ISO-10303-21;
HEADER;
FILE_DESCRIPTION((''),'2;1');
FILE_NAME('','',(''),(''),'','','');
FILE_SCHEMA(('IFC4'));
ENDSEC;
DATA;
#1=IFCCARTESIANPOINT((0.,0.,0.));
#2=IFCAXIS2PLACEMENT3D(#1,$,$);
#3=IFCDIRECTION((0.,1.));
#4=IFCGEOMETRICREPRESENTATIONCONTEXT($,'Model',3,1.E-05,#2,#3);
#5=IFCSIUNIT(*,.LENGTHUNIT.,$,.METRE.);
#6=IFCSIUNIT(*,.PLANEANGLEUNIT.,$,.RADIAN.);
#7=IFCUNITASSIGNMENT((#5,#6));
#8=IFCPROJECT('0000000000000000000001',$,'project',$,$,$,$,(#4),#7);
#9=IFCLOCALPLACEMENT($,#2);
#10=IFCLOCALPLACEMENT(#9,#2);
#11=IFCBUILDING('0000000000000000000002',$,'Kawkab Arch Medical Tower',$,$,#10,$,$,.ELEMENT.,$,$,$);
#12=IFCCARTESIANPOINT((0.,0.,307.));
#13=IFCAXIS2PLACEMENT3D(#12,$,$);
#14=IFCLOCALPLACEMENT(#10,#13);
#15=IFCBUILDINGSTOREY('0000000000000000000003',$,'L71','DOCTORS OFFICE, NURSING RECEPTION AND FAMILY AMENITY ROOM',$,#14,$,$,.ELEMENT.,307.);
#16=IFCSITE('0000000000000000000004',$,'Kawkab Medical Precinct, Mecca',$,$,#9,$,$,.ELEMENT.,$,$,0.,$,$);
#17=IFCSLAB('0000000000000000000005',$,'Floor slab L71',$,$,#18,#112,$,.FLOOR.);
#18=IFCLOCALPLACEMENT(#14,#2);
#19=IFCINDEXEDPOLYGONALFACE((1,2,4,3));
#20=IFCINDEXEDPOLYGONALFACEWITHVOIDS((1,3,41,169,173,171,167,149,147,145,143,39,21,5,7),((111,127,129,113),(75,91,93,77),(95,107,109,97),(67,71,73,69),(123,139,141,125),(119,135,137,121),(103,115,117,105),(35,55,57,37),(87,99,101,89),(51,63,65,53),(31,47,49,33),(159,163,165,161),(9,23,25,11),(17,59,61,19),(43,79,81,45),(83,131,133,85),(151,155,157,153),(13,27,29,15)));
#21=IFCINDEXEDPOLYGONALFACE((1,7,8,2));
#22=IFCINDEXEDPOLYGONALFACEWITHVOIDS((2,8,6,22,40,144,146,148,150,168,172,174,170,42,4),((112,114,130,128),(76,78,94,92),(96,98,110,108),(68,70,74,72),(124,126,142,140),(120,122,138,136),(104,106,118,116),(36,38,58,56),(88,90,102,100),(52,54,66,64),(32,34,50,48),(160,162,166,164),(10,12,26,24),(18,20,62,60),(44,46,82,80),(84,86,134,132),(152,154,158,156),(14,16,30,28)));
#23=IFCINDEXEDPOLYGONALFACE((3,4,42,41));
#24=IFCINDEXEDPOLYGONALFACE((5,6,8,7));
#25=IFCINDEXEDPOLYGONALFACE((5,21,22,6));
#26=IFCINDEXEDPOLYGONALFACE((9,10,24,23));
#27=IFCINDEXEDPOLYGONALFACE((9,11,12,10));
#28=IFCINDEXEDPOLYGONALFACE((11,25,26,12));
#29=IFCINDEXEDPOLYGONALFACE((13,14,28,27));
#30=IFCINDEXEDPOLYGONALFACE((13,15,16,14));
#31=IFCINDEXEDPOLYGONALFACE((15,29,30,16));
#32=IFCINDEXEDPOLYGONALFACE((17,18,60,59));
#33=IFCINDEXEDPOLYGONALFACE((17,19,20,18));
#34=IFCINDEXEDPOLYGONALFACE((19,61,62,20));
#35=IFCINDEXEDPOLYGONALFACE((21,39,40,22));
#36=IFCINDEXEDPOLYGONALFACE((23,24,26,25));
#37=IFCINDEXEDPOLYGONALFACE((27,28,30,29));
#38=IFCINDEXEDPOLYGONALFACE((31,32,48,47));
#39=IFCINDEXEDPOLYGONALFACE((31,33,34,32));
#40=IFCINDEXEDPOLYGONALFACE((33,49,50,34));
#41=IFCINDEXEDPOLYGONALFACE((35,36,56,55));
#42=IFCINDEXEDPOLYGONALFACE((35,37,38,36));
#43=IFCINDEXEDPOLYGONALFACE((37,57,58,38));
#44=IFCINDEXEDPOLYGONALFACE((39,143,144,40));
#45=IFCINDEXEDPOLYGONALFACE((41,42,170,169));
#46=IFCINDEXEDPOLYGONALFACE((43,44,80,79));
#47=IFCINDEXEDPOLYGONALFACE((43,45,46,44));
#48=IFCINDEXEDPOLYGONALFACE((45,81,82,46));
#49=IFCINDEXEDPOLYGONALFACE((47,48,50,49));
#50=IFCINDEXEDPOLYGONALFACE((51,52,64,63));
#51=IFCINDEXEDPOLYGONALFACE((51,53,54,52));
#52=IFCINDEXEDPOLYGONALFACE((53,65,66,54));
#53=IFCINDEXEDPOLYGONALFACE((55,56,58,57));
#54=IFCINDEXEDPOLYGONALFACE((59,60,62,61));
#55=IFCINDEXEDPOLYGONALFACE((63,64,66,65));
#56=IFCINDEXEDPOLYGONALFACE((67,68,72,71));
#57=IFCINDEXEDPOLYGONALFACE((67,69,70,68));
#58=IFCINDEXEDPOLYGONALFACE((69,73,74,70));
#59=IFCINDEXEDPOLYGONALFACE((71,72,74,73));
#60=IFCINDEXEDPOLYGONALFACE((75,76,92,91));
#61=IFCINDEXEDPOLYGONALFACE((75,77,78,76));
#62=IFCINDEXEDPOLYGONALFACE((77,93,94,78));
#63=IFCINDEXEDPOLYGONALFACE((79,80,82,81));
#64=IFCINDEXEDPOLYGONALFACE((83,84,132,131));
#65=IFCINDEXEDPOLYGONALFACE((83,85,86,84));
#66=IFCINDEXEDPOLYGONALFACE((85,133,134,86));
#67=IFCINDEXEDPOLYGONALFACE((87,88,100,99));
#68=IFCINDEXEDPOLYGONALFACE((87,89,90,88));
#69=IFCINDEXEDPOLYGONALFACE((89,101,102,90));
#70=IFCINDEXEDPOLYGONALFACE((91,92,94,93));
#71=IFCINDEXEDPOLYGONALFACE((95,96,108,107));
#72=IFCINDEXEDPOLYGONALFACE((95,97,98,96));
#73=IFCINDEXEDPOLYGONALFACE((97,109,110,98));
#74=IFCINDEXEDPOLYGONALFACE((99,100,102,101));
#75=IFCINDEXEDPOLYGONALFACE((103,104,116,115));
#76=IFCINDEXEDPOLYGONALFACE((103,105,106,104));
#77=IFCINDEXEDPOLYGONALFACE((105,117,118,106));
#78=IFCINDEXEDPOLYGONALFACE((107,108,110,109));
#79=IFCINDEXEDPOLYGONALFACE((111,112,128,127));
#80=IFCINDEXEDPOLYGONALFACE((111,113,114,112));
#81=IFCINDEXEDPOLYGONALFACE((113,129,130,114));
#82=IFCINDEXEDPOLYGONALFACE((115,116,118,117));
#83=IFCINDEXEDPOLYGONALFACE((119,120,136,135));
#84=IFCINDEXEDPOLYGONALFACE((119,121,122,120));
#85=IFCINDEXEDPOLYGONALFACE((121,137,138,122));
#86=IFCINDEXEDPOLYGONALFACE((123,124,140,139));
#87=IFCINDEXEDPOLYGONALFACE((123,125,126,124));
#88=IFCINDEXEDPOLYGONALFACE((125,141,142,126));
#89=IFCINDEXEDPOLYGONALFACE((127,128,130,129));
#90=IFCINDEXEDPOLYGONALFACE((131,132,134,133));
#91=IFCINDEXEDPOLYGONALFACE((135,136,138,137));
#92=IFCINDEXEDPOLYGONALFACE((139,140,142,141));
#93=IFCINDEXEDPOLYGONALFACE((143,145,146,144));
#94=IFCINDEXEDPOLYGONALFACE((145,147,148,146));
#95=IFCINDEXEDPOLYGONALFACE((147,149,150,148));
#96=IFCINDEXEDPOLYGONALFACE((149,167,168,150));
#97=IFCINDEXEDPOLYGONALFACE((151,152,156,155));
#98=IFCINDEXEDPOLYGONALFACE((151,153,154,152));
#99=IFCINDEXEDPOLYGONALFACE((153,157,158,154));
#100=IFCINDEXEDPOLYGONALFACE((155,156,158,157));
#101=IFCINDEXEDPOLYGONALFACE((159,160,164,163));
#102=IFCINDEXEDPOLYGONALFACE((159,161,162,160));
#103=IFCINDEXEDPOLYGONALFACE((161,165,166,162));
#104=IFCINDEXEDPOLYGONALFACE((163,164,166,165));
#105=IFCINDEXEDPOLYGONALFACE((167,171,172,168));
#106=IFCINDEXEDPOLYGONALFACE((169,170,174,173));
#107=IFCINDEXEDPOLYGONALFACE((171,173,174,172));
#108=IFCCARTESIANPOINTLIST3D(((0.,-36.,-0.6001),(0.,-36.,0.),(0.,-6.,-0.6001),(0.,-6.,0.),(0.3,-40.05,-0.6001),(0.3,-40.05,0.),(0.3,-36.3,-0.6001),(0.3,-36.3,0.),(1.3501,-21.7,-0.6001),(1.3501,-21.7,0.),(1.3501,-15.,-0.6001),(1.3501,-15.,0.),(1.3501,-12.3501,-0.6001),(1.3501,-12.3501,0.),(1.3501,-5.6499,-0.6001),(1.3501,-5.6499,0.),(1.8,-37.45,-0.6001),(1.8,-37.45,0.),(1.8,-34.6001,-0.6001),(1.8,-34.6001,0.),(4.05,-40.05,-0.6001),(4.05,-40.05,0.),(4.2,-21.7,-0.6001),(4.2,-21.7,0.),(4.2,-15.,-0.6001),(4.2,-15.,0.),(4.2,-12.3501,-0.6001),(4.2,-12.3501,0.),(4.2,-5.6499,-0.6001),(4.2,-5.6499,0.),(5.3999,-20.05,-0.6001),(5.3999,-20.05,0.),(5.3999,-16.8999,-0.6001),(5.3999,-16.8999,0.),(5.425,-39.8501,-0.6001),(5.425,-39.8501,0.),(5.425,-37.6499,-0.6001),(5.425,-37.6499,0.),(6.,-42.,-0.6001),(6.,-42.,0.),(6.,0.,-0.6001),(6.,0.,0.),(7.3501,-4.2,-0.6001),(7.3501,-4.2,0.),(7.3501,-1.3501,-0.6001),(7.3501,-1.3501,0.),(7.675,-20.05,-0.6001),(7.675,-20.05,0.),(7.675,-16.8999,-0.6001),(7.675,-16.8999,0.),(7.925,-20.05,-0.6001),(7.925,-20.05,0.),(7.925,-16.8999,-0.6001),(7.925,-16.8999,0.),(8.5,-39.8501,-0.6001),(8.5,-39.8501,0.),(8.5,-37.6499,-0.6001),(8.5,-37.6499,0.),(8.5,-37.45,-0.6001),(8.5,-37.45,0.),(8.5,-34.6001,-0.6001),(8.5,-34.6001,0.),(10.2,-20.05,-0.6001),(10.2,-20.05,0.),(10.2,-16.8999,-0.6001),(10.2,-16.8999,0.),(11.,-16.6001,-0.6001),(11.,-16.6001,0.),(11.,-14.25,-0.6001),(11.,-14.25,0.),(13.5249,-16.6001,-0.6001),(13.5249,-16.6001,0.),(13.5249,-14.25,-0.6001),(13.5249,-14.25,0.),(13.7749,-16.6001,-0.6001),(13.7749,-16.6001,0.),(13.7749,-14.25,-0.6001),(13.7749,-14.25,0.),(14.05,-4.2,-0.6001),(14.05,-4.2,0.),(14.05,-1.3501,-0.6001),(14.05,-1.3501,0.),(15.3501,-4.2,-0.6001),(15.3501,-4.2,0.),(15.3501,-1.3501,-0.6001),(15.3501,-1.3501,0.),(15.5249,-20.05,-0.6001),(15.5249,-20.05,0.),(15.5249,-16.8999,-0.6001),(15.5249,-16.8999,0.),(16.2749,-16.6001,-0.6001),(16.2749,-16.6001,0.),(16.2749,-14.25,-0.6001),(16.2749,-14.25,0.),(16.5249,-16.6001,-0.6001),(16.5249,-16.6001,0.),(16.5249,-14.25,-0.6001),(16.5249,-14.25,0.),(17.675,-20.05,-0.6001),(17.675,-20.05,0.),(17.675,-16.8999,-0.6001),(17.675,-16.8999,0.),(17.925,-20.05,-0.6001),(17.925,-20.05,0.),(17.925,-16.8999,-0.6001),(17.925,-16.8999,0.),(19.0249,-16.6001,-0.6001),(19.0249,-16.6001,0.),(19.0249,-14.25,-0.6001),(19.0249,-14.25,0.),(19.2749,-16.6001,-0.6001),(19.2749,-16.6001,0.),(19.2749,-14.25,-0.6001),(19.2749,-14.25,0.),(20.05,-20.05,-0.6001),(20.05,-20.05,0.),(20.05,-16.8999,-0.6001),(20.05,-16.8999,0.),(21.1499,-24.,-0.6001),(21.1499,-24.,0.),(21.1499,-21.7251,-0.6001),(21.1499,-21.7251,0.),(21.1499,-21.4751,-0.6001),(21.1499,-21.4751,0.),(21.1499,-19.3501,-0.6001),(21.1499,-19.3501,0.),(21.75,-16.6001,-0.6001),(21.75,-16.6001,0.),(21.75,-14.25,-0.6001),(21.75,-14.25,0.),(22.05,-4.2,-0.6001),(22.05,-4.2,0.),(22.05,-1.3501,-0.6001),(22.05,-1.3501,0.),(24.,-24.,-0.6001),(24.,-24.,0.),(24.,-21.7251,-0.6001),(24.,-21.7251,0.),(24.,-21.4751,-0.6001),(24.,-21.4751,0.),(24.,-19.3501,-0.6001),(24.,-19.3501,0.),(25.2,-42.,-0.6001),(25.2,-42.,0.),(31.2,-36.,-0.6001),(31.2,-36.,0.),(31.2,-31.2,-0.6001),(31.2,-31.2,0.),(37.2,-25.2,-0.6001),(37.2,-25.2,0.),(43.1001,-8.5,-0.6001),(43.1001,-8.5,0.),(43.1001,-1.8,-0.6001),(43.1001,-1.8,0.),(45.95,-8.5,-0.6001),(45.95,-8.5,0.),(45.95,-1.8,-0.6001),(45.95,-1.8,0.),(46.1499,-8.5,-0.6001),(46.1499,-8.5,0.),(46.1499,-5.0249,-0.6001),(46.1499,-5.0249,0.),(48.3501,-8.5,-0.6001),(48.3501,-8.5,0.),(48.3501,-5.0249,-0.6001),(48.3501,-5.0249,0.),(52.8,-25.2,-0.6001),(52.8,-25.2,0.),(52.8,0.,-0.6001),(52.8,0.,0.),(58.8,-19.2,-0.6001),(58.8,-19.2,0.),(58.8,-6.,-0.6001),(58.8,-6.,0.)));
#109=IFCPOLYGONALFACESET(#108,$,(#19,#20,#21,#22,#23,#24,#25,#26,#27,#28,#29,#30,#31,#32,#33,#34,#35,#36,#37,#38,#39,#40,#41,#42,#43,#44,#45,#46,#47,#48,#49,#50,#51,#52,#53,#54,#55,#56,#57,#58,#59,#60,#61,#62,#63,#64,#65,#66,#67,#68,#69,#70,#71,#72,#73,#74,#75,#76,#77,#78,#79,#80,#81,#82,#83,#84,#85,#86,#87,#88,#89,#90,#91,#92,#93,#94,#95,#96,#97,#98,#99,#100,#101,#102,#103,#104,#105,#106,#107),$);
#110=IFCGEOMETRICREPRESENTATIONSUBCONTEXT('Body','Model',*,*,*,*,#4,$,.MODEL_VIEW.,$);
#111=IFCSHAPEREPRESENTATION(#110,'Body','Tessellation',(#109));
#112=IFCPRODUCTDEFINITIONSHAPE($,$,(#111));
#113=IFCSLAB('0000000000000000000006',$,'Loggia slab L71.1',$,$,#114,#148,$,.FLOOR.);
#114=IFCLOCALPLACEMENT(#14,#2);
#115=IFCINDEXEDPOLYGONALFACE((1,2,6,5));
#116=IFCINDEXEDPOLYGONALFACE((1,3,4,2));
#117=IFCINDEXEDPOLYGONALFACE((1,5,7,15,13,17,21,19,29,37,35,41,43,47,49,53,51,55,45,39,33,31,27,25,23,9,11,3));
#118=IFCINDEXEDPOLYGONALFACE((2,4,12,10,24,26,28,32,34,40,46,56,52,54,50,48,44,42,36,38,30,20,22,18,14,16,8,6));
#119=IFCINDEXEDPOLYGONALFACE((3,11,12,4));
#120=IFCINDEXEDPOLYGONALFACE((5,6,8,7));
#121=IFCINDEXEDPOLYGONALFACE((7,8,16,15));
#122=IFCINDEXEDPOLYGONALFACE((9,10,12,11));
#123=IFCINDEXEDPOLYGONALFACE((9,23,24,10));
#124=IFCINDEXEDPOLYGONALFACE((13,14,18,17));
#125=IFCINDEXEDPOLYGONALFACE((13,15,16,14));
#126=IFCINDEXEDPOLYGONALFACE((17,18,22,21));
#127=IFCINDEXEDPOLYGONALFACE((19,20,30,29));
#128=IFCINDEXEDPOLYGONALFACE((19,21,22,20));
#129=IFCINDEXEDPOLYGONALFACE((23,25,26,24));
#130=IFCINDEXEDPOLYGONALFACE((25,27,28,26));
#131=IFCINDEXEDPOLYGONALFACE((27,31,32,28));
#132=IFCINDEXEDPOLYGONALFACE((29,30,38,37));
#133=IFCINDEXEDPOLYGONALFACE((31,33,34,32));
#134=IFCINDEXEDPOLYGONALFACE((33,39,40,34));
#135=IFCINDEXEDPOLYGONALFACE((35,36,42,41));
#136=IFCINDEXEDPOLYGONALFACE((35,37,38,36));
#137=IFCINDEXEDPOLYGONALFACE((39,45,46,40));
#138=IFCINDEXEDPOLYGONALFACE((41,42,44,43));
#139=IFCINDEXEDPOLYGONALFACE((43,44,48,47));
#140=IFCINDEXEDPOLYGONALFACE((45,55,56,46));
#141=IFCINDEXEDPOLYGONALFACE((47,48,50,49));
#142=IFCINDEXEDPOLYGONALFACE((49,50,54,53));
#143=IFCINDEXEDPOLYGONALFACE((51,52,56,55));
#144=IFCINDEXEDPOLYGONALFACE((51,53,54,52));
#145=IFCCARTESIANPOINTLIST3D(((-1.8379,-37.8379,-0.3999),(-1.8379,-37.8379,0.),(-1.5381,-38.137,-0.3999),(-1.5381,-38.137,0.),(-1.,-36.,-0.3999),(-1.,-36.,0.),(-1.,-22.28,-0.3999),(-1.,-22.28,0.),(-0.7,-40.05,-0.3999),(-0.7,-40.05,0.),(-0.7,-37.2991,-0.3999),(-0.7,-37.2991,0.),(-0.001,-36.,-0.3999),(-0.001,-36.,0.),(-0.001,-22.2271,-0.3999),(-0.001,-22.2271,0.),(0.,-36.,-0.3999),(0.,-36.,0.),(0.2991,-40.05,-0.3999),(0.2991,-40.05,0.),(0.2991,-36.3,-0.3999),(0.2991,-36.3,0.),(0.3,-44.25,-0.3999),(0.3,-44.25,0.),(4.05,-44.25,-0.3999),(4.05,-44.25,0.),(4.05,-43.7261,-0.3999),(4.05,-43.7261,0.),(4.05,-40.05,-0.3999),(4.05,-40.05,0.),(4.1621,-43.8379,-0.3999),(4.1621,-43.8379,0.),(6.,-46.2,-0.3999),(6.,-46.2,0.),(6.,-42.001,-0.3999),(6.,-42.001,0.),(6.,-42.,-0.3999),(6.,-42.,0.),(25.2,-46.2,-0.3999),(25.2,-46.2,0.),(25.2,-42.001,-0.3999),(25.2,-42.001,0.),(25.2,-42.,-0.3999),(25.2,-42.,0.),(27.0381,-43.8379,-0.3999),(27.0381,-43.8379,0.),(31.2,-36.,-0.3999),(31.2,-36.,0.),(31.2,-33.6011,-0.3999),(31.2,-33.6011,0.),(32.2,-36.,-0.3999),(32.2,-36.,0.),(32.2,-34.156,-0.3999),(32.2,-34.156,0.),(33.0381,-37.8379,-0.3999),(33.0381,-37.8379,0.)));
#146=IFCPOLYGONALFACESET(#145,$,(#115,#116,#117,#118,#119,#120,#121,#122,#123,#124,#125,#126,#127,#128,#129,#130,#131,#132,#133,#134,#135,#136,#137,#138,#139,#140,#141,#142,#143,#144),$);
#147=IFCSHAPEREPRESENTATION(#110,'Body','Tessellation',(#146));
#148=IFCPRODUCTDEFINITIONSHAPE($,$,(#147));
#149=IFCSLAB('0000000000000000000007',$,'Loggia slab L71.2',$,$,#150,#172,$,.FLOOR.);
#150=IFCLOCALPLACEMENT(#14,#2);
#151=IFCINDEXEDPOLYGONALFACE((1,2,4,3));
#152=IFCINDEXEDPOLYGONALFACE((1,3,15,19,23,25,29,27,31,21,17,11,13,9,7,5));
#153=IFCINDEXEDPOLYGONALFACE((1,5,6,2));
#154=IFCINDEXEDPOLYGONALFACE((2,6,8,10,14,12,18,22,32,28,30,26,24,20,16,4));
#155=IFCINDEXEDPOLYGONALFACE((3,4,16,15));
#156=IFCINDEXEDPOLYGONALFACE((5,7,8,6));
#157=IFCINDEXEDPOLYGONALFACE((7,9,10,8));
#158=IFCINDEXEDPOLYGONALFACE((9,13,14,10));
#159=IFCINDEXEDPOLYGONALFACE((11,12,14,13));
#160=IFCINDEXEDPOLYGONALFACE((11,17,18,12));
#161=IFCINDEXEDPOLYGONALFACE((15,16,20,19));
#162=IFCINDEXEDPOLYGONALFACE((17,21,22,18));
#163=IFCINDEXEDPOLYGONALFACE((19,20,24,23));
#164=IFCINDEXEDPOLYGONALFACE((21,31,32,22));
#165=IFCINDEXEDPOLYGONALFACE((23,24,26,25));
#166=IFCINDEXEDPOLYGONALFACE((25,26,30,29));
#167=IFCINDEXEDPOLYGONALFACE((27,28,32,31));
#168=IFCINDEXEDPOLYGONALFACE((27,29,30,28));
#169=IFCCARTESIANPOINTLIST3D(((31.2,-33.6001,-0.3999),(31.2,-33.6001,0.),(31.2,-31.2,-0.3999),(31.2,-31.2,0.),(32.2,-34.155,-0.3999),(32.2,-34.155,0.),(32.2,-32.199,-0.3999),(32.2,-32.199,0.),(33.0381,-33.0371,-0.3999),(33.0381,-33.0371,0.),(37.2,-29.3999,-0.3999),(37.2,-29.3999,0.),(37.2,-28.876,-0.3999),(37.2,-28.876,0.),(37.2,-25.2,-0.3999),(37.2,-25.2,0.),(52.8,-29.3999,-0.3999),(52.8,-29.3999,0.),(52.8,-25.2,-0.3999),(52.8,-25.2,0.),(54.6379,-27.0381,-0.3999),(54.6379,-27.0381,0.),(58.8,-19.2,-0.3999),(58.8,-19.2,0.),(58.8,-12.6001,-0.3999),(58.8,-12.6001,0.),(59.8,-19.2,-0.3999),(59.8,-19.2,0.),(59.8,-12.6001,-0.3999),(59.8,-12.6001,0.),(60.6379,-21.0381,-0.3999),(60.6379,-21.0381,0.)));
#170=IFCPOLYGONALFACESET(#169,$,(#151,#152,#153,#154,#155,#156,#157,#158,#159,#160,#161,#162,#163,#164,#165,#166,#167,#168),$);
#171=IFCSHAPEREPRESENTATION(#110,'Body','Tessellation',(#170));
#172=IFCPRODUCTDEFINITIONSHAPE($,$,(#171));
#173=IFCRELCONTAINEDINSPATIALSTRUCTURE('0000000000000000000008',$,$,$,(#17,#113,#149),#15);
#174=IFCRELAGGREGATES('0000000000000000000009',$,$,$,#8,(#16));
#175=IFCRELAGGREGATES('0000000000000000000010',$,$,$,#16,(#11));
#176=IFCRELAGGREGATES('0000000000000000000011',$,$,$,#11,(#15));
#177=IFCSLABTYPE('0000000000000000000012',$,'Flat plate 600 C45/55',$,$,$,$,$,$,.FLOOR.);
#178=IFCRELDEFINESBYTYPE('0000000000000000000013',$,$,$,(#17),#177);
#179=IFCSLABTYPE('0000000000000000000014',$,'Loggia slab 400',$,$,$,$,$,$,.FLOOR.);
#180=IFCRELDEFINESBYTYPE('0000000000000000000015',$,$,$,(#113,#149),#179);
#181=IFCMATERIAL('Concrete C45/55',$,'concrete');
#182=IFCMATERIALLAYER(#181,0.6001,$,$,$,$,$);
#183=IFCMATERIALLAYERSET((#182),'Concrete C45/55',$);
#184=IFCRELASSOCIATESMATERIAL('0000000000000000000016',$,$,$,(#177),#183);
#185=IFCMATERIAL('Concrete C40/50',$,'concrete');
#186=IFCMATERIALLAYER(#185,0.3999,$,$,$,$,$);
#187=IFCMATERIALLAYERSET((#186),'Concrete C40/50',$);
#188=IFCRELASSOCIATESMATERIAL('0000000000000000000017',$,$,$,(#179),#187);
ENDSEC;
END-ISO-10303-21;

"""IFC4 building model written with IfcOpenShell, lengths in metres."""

from ifc_helpers import new_model, si_unit, direction, frame, origin, place, context, subcontext, project, spatial, polyline, outline, extrude, material, layer, layer_set, type_object, element, save


model = new_model("IFC4")

# Units and contexts
model_context = context("Model", 3, precision=1e-05, world=origin(), true_north=direction((0.0, 1.0)))
body_context = subcontext(model_context, "Body", "Model", "MODEL_VIEW")
ifc_project = project(units=[si_unit("LENGTHUNIT", "METRE"), si_unit("PLANEANGLEUNIT", "RADIAN")], contexts=[model_context])

# Site, building, storey
site_placement = place(None, origin())
site = spatial("IfcSite", under=ifc_project, at=site_placement, Name="Kawkab Medical Precinct, Mecca", CompositionType="ELEMENT", RefElevation=0.0)
building_placement = place(site_placement, origin())
building = spatial("IfcBuilding", under=site, at=building_placement, Name="Kawkab Arch Medical Tower", CompositionType="ELEMENT")
storey_placement = place(building_placement, frame((0.0, 0.0, 307.0)))
storey = spatial("IfcBuildingStorey", under=building, at=storey_placement, Name="L71", Description="DOCTORS OFFICE, NURSING RECEPTION AND FAMILY AMENITY ROOM", CompositionType="ELEMENT", Elevation=307.0)

# Slabs
ifc_material_1 = material(Name="Concrete C45/55", Category="concrete")
ifc_layer_1 = layer(ifc_material_1, 0.6001)
ifc_layer_set_1 = layer_set([ifc_layer_1], Name="Concrete C45/55")
slab_type_1 = type_object("IfcSlabType", Name="Flat plate 600 C45/55", PredefinedType="FLOOR", material=ifc_layer_set_1)
slab_1_placement = place(storey_placement, frame((0.0, 0.0, -0.6001)))
element("IfcSlab", 1, at=slab_1_placement, inside=storey, type_object=slab_type_1, Name="Floor slab L71", PredefinedType="FLOOR", context=body_context, shape_type="SweptSolid", body=[
    extrude(outline(polyline([(52.8, 0.0), (58.8, -6.0), (58.8, -19.2), (52.8, -25.2), (37.2, -25.2), (31.2, -31.2), (31.2, -36.0), (25.2, -42.0), (6.0, -42.0), (4.05, -40.05), (0.3, -40.05), (0.3, -36.3), (0.0, -36.0), (0.0, -6.0), (6.0, 0.0), (52.8, 0.0)]), holes=[polyline([(5.425, -37.6499), (5.425, -39.8501), (8.5, -39.8501), (8.5, -37.6499), (5.425, -37.6499)]), polyline([(8.5, -37.45), (8.5, -34.6001), (1.8, -34.6001), (1.8, -37.45), (8.5, -37.45)]), polyline([(5.3999, -20.05), (7.675, -20.05), (7.675, -16.8999), (5.3999, -16.8999), (5.3999, -20.05)]), polyline([(10.2, -16.8999), (7.925, -16.8999), (7.925, -20.05), (10.2, -20.05), (10.2, -16.8999)]), polyline([(4.2, -15.0), (1.3501, -15.0), (1.3501, -21.7), (4.2, -21.7), (4.2, -15.0)]), polyline([(13.5249, -16.6001), (13.5249, -14.25), (11.0, -14.25), (11.0, -16.6001), (13.5249, -16.6001)]), polyline([(13.7749, -14.25), (13.7749, -16.6001), (16.2749, -16.6001), (16.2749, -14.25), (13.7749, -14.25)]), polyline([(4.2, -12.3501), (4.2, -5.6499), (1.3501, -5.6499), (1.3501, -12.3501), (4.2, -12.3501)]), polyline([(7.3501, -4.2), (14.05, -4.2), (14.05, -1.3501), (7.3501, -1.3501), (7.3501, -4.2)]), polyline([(24.0, -21.7251), (21.1499, -21.7251), (21.1499, -24.0), (24.0, -24.0), (24.0, -21.7251)]), polyline([(24.0, -19.3501), (21.1499, -19.3501), (21.1499, -21.4751), (24.0, -21.4751), (24.0, -19.3501)]), polyline([(15.5249, -16.8999), (15.5249, -20.05), (17.675, -20.05), (17.675, -16.8999), (15.5249, -16.8999)]), polyline([(17.925, -16.8999), (17.925, -20.05), (20.05, -20.05), (20.05, -16.8999), (17.925, -16.8999)]), polyline([(19.0249, -14.25), (16.5249, -14.25), (16.5249, -16.6001), (19.0249, -16.6001), (19.0249, -14.25)]), polyline([(21.75, -14.25), (19.2749, -14.25), (19.2749, -16.6001), (21.75, -16.6001), (21.75, -14.25)]), polyline([(46.1499, -8.5), (48.3501, -8.5), (48.3501, -5.0249), (46.1499, -5.0249), (46.1499, -8.5)]), polyline([(43.1001, -1.8), (43.1001, -8.5), (45.95, -8.5), (45.95, -1.8), (43.1001, -1.8)]), polyline([(22.05, -1.3501), (15.3501, -1.3501), (15.3501, -4.2), (22.05, -4.2), (22.05, -1.3501)])]), origin(), (0.0, 0.0, 1.0), 0.6001),
])
ifc_material_2 = material(Name="Concrete C40/50", Category="concrete")
ifc_layer_2 = layer(ifc_material_2, 0.3999)
ifc_layer_set_2 = layer_set([ifc_layer_2], Name="Concrete C40/50")
slab_type_2 = type_object("IfcSlabType", Name="Loggia slab 400", PredefinedType="FLOOR", material=ifc_layer_set_2)
placement_1 = place(storey_placement, frame((0.0, 0.0, -0.3999)))
element("IfcSlab", 2, at=placement_1, inside=storey, type_object=slab_type_2, Name="Loggia slab L71.1", PredefinedType="FLOOR", context=body_context, shape_type="SweptSolid", body=[
    extrude(outline(polyline([(-1.0, -36.0), (-1.0, -22.28), (-0.001, -22.2271), (-0.001, -36.0), (0.0, -36.0), (0.2991, -36.3), (0.2991, -40.05), (4.05, -40.05), (6.0, -42.0), (6.0, -42.001), (25.2, -42.001), (25.2, -42.0), (31.2, -36.0), (31.2, -33.6011), (32.2, -34.156), (32.2, -36.0), (33.0381, -37.8379), (27.0381, -43.8379), (25.2, -46.2), (6.0, -46.2), (4.1621, -43.8379), (4.05, -43.7261), (4.05, -44.25), (0.3, -44.25), (-0.7, -40.05), (-0.7, -37.2991), (-1.5381, -38.137), (-1.8379, -37.8379), (-1.0, -36.0)])), origin(), (0.0, 0.0, 1.0), 0.3999),
])
element("IfcSlab", 3, at=placement_1, inside=storey, type_object=slab_type_2, Name="Loggia slab L71.2", PredefinedType="FLOOR", context=body_context, shape_type="SweptSolid", body=[
    extrude(outline(polyline([(31.2, -31.2), (37.2, -25.2), (52.8, -25.2), (58.8, -19.2), (58.8, -12.6001), (59.8, -12.6001), (59.8, -19.2), (60.6379, -21.0381), (54.6379, -27.0381), (52.8, -29.3999), (37.2, -29.3999), (37.2, -28.876), (33.0381, -33.0371), (32.2, -32.199), (32.2, -34.155), (31.2, -33.6001), (31.2, -31.2)])), origin(), (0.0, 0.0, 1.0), 0.3999),
])

save(model, "model.ifc")
